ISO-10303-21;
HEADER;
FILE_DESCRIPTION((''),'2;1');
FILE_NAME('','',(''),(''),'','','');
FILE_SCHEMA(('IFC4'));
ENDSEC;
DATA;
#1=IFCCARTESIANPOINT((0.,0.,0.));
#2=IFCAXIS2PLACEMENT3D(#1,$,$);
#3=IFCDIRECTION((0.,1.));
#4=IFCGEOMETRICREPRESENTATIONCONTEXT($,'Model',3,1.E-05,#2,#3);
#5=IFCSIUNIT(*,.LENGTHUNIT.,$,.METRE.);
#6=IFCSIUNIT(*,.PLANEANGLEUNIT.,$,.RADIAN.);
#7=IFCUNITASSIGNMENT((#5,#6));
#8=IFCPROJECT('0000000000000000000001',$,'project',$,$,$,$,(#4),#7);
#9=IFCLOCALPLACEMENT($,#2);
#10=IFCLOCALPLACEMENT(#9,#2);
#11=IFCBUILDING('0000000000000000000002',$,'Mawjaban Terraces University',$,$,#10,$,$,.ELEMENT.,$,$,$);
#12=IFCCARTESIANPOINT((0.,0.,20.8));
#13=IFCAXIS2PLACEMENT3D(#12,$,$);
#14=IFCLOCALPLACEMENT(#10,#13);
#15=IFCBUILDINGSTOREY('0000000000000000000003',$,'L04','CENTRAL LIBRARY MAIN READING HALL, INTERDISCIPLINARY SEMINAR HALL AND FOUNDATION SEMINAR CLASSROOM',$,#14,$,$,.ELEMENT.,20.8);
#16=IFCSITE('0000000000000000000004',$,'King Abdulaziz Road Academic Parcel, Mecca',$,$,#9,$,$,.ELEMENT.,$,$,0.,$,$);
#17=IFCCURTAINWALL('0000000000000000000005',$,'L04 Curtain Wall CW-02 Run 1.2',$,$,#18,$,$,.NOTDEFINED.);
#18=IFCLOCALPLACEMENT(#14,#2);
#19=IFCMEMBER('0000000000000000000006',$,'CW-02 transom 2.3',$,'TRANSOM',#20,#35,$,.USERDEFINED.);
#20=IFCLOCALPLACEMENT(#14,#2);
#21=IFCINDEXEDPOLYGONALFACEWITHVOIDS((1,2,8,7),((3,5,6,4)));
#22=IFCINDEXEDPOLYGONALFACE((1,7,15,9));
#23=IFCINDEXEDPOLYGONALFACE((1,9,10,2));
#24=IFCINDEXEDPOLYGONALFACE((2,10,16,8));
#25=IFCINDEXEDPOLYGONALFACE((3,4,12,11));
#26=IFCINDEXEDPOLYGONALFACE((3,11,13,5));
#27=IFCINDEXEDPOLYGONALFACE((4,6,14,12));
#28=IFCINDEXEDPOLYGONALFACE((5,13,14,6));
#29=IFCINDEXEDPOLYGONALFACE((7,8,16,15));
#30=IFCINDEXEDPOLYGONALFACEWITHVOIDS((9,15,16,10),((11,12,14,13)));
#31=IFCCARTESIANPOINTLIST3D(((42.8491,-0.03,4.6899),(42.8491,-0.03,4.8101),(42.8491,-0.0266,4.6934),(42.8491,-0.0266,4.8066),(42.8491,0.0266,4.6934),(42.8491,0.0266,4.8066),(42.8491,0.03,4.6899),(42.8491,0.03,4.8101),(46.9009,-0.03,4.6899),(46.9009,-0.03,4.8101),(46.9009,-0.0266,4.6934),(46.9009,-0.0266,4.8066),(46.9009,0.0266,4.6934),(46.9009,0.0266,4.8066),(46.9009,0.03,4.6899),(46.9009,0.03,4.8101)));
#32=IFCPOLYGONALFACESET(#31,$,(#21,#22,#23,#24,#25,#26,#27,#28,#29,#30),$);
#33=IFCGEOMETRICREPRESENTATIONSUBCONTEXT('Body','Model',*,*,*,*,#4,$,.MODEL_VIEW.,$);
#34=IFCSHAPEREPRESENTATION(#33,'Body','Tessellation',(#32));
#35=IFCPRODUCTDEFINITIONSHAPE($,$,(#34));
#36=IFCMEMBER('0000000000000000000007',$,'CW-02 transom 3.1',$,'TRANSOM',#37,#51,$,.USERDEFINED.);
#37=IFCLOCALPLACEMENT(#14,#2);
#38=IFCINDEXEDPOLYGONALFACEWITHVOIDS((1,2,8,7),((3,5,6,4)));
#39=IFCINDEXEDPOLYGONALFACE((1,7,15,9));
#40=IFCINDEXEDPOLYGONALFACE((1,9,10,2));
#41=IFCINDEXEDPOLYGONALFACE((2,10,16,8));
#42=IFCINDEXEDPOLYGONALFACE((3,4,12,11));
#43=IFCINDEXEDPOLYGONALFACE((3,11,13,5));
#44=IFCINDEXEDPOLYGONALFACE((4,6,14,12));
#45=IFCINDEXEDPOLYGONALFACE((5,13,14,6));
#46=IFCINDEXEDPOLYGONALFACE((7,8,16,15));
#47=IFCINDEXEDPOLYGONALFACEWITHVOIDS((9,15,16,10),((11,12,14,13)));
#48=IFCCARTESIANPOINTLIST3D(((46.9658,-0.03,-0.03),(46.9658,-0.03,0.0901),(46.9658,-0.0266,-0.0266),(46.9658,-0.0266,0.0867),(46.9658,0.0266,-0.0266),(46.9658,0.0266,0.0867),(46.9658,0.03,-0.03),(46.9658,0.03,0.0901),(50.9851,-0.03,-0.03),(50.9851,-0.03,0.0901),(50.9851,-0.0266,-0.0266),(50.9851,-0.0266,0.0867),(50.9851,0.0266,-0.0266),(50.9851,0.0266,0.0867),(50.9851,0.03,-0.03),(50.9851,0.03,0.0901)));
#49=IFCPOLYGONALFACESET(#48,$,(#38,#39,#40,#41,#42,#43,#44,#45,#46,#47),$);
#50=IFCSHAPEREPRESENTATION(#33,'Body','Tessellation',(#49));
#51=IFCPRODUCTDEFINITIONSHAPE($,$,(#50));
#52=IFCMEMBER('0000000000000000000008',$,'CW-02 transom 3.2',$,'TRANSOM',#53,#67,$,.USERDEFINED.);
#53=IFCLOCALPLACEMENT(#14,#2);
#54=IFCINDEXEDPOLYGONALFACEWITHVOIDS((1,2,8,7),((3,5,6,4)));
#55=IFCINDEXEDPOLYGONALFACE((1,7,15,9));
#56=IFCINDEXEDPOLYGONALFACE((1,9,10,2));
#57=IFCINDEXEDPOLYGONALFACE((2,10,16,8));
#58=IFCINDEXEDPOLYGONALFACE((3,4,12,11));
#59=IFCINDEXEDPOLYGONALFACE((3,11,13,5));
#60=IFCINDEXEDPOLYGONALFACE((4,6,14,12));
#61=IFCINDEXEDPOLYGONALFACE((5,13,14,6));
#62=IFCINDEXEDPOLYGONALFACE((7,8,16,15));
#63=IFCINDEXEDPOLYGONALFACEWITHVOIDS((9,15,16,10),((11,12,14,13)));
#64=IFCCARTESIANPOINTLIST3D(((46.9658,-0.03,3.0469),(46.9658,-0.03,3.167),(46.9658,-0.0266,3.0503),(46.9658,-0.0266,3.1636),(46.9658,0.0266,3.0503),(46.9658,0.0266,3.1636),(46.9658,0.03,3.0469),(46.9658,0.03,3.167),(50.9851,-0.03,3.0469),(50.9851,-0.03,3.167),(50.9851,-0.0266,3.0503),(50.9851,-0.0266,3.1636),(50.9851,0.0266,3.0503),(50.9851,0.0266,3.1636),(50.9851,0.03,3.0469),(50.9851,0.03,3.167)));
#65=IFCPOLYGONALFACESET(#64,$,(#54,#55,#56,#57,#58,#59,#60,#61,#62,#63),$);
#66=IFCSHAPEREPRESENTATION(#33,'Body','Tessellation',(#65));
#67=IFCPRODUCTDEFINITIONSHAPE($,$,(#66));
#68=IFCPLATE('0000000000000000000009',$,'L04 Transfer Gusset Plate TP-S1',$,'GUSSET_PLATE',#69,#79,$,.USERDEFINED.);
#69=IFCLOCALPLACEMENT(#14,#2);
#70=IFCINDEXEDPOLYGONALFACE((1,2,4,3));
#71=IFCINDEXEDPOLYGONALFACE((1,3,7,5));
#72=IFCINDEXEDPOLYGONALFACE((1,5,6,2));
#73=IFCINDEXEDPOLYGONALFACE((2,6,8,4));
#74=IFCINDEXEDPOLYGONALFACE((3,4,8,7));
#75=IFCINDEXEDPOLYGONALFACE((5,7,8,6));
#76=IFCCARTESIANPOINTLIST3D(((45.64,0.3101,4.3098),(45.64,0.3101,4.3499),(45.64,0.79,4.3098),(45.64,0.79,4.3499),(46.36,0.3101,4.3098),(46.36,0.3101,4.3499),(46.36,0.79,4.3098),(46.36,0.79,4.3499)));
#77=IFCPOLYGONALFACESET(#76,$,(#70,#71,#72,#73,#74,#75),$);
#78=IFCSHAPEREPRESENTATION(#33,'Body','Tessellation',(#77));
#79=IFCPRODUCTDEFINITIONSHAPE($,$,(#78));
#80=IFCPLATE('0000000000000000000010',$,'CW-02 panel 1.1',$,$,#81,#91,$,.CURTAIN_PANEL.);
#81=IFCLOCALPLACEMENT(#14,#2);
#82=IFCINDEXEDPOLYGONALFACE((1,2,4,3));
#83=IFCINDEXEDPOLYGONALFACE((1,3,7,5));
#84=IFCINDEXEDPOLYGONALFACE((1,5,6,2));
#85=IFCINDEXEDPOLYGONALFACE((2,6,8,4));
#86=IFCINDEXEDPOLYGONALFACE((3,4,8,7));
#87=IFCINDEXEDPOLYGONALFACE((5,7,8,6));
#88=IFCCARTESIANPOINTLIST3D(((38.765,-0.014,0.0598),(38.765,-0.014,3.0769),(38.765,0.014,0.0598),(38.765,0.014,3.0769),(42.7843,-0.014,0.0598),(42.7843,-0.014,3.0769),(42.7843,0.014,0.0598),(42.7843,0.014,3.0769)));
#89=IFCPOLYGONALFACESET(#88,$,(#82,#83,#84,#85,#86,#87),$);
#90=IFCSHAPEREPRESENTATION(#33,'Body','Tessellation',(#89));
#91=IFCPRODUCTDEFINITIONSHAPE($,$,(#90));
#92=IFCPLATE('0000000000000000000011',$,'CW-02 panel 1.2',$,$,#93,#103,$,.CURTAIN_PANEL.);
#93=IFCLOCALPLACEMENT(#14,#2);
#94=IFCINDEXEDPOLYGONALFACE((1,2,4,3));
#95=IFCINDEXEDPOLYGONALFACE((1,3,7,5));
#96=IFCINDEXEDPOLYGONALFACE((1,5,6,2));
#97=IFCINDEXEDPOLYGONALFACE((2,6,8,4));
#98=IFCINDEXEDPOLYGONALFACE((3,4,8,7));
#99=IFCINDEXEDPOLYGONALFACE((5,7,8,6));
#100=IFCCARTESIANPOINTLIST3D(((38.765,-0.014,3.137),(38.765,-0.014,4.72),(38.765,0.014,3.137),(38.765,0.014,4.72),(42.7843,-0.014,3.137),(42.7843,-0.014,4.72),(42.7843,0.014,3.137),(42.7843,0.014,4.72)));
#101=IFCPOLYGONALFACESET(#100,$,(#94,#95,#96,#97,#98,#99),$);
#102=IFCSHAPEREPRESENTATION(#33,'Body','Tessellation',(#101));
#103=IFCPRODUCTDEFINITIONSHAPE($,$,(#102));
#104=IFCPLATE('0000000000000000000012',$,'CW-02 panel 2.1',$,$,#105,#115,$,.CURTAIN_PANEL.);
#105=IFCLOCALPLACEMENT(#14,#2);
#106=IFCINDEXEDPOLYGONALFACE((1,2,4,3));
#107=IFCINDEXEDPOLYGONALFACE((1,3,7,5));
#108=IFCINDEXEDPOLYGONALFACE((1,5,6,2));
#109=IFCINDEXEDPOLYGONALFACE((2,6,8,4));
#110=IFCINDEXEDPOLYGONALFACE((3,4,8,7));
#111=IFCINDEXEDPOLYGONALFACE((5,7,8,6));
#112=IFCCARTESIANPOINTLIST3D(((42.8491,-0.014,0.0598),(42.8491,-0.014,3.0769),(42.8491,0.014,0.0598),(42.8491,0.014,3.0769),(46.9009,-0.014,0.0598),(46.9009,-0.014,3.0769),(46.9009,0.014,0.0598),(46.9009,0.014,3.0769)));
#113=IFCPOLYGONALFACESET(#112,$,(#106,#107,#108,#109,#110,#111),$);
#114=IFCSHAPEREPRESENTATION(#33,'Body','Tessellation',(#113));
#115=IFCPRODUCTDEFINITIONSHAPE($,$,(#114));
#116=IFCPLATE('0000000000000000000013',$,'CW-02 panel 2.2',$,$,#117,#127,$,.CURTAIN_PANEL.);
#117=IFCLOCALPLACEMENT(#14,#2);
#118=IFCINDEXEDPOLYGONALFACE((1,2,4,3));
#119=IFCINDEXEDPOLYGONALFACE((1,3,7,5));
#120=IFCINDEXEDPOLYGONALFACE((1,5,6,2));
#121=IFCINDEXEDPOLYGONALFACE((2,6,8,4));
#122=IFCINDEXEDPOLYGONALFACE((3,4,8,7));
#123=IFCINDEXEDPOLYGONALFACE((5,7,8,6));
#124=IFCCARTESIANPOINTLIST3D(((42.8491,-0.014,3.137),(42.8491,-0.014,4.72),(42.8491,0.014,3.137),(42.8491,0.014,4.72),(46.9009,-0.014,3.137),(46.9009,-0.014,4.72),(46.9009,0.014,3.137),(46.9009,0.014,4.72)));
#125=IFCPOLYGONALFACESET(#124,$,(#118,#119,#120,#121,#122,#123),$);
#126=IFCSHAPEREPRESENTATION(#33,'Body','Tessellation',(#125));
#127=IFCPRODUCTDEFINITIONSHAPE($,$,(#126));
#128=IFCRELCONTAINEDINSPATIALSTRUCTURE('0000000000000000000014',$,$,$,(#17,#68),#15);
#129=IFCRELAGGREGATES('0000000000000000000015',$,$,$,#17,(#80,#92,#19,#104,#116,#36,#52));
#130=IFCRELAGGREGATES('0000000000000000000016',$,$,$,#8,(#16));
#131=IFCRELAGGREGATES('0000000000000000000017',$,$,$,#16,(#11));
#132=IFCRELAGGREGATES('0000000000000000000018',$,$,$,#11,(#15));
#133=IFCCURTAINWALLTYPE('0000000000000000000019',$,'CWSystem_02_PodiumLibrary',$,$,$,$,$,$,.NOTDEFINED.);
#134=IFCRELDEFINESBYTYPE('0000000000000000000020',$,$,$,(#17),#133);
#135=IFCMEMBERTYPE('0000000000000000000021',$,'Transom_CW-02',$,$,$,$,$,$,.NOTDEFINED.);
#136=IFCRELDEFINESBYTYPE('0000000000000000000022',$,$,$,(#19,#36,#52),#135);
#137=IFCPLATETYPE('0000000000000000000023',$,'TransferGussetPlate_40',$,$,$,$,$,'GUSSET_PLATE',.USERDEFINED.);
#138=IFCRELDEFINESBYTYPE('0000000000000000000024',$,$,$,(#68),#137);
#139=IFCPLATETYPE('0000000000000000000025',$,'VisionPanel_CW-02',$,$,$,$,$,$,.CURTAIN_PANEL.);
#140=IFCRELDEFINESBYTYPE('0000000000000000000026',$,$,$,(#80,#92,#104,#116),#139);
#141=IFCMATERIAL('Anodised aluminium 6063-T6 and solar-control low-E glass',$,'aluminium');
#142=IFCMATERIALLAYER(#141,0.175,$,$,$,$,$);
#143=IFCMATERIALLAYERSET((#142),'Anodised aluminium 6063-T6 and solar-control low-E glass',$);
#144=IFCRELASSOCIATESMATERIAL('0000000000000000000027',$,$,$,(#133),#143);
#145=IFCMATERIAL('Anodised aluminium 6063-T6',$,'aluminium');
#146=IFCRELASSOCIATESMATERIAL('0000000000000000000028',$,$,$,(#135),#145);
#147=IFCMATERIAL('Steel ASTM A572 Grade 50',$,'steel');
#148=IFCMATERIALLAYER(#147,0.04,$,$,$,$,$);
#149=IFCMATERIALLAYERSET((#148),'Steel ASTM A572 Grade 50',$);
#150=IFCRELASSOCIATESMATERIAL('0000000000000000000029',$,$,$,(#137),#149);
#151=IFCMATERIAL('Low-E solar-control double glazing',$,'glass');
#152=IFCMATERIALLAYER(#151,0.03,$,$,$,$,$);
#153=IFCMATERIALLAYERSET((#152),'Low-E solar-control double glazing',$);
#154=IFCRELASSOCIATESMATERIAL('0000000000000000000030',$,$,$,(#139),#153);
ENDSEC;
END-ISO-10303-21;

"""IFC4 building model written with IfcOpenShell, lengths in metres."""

from ifc_helpers import new_model, si_unit, direction, frame, origin, origin_2d, place, context, subcontext, project, spatial, rectangle, hollow_rectangle, extrude, material, layer, layer_set, material_profile, profile_set, type_object, element, aggregate, save


model = new_model("IFC4")

# Units and contexts
model_context = context("Model", 3, precision=1e-05, world=origin(), true_north=direction((0.0, 1.0)))
body_context = subcontext(model_context, "Body", "Model", "MODEL_VIEW")
ifc_project = project(units=[si_unit("LENGTHUNIT", "METRE"), si_unit("PLANEANGLEUNIT", "RADIAN")], contexts=[model_context])

# Site, building, storey
site_placement = place(None, origin())
site = spatial("IfcSite", under=ifc_project, at=site_placement, Name="King Abdulaziz Road Academic Parcel, Mecca", CompositionType="ELEMENT", RefElevation=0.0)
building_placement = place(site_placement, origin())
building = spatial("IfcBuilding", under=site, at=building_placement, Name="Mawjaban Terraces University", CompositionType="ELEMENT")
storey_placement = place(building_placement, frame((0.0, 0.0, 20.8)))
storey = spatial("IfcBuildingStorey", under=building, at=storey_placement, Name="L04", Description="CENTRAL LIBRARY MAIN READING HALL, INTERDISCIPLINARY SEMINAR HALL AND FOUNDATION SEMINAR CLASSROOM", CompositionType="ELEMENT", Elevation=20.8)

# Shared definitions
ifc_material_1 = material(Name="Steel ASTM A572 Grade 50", Category="steel")

# Curtain wall, members
ifc_material_2 = material(Name="Anodised aluminium 6063-T6 and solar-control low-E glass", Category="aluminium")
ifc_layer_1 = layer(ifc_material_2, 0.175)
ifc_layer_set_1 = layer_set([ifc_layer_1], Name="Anodised aluminium 6063-T6 and solar-control low-E glass")
curtain_wall_type = type_object("IfcCurtainWallType", Name="CWSystem_02_PodiumLibrary", PredefinedType="NOTDEFINED", material=ifc_layer_set_1)
curtain_wall_placement = place(storey_placement, origin())
curtain_wall = element("IfcCurtainWall", 1, at=curtain_wall_placement, inside=storey, type_object=curtain_wall_type, Name="L04 Curtain Wall CW-02 Run 1.2", PredefinedType="NOTDEFINED")
ifc_material_3 = material(Name="Anodised aluminium 6063-T6", Category="aluminium")
ifc_material_profile_1 = material_profile(ifc_material_3, hollow_rectangle(XDim=0.0601, YDim=0.1201, WallThickness=0.0034, at=origin_2d()), Name="ALU120X60X3.5")
ifc_profile_set_1 = profile_set([ifc_material_profile_1], Name="Anodised aluminium 6063-T6")
member_type_1 = type_object("IfcMemberType", Name="Transom_CW-02", PredefinedType="NOTDEFINED", material=ifc_profile_set_1)
member_1_placement = place(storey_placement, frame((42.8491, 0.0, 4.75), z_axis=(1.0, 0.0, 0.0), x_axis=(0.0, 1.0, 0.0)))
member_1 = element("IfcMember", 2, at=member_1_placement, type_object=member_type_1, Name="CW-02 transom 2.3", ObjectType="TRANSOM", PredefinedType="USERDEFINED", context=body_context, shape_type="SweptSolid", body=[
    extrude(hollow_rectangle(XDim=0.0601, YDim=0.1201, WallThickness=0.0034, at=origin_2d()), origin(), (0.0, 0.0, 1.0), 4.0518),
])
member_2_placement = place(storey_placement, frame((46.9658, 0.0, 0.03), z_axis=(1.0, 0.0, 0.0), x_axis=(0.0, 1.0, 0.0)))
member_2 = element("IfcMember", 3, at=member_2_placement, type_object=member_type_1, Name="CW-02 transom 3.1", ObjectType="TRANSOM", PredefinedType="USERDEFINED", context=body_context, shape_type="SweptSolid", body=[
    extrude(hollow_rectangle(XDim=0.0601, YDim=0.1201, WallThickness=0.0034, at=origin_2d()), origin(), (0.0, 0.0, 1.0), 4.0193),
])
member_3_placement = place(storey_placement, frame((46.9658, 0.0, 3.1069), z_axis=(1.0, 0.0, 0.0), x_axis=(0.0, 1.0, 0.0)))
member_3 = element("IfcMember", 4, at=member_3_placement, type_object=member_type_1, Name="CW-02 transom 3.2", ObjectType="TRANSOM", PredefinedType="USERDEFINED", context=body_context, shape_type="SweptSolid", body=[
    extrude(hollow_rectangle(XDim=0.0601, YDim=0.1201, WallThickness=0.0034, at=origin_2d()), origin(), (0.0, 0.0, 1.0), 4.0193),
])

# Plates
ifc_layer_2 = layer(ifc_material_1, 0.04)
ifc_layer_set_2 = layer_set([ifc_layer_2], Name="Steel ASTM A572 Grade 50")
plate_type_1 = type_object("IfcPlateType", Name="TransferGussetPlate_40", ElementType="GUSSET_PLATE", PredefinedType="USERDEFINED", material=ifc_layer_set_2)
plate_1_placement = place(storey_placement, frame((46.0, 0.55, 4.3098), z_axis=(0.0, 0.0, 1.0), x_axis=(1.0, 0.0, 0.0)))
element("IfcPlate", 5, at=plate_1_placement, inside=storey, type_object=plate_type_1, Name="L04 Transfer Gusset Plate TP-S1", ObjectType="GUSSET_PLATE", PredefinedType="USERDEFINED", context=body_context, shape_type="SweptSolid", body=[
    extrude(rectangle(XDim=0.72, YDim=0.48, at=origin_2d()), origin(), (0.0, 0.0, 1.0), 0.04),
])
ifc_material_4 = material(Name="Low-E solar-control double glazing", Category="glass")
ifc_layer_3 = layer(ifc_material_4, 0.03)
ifc_layer_set_3 = layer_set([ifc_layer_3], Name="Low-E solar-control double glazing")
plate_type_2 = type_object("IfcPlateType", Name="VisionPanel_CW-02", PredefinedType="CURTAIN_PANEL", material=ifc_layer_set_3)
plate_2_placement = place(storey_placement, frame((40.7747, 0.0, 0.0598), z_axis=(0.0, 0.0, 1.0), x_axis=(1.0, 0.0, 0.0)))
plate_2 = element("IfcPlate", 6, at=plate_2_placement, type_object=plate_type_2, Name="CW-02 panel 1.1", PredefinedType="CURTAIN_PANEL", context=body_context, shape_type="SweptSolid", body=[
    extrude(rectangle(XDim=4.0193, YDim=0.0281, at=origin_2d()), origin(), (0.0, 0.0, 1.0), 3.0171),
])
plate_3_placement = place(storey_placement, frame((40.7747, 0.0, 3.137), z_axis=(0.0, 0.0, 1.0), x_axis=(1.0, 0.0, 0.0)))
plate_3 = element("IfcPlate", 7, at=plate_3_placement, type_object=plate_type_2, Name="CW-02 panel 1.2", PredefinedType="CURTAIN_PANEL", context=body_context, shape_type="SweptSolid", body=[
    extrude(rectangle(XDim=4.0193, YDim=0.0281, at=origin_2d()), origin(), (0.0, 0.0, 1.0), 1.583),
])
plate_4_placement = place(storey_placement, frame((44.875, 0.0, 0.0598), z_axis=(0.0, 0.0, 1.0), x_axis=(1.0, 0.0, 0.0)))
plate_4 = element("IfcPlate", 8, at=plate_4_placement, type_object=plate_type_2, Name="CW-02 panel 2.1", PredefinedType="CURTAIN_PANEL", context=body_context, shape_type="SweptSolid", body=[
    extrude(rectangle(XDim=4.0518, YDim=0.0281, at=origin_2d()), origin(), (0.0, 0.0, 1.0), 3.0171),
])
plate_5_placement = place(storey_placement, frame((44.875, 0.0, 3.137), z_axis=(0.0, 0.0, 1.0), x_axis=(1.0, 0.0, 0.0)))
plate_5 = element("IfcPlate", 9, at=plate_5_placement, type_object=plate_type_2, Name="CW-02 panel 2.2", PredefinedType="CURTAIN_PANEL", context=body_context, shape_type="SweptSolid", body=[
    extrude(rectangle(XDim=4.0518, YDim=0.0281, at=origin_2d()), origin(), (0.0, 0.0, 1.0), 1.583),
])
aggregate(curtain_wall, [plate_2, plate_3, member_1, plate_4, plate_5, member_2, member_3])

save(model, "model.ifc")
